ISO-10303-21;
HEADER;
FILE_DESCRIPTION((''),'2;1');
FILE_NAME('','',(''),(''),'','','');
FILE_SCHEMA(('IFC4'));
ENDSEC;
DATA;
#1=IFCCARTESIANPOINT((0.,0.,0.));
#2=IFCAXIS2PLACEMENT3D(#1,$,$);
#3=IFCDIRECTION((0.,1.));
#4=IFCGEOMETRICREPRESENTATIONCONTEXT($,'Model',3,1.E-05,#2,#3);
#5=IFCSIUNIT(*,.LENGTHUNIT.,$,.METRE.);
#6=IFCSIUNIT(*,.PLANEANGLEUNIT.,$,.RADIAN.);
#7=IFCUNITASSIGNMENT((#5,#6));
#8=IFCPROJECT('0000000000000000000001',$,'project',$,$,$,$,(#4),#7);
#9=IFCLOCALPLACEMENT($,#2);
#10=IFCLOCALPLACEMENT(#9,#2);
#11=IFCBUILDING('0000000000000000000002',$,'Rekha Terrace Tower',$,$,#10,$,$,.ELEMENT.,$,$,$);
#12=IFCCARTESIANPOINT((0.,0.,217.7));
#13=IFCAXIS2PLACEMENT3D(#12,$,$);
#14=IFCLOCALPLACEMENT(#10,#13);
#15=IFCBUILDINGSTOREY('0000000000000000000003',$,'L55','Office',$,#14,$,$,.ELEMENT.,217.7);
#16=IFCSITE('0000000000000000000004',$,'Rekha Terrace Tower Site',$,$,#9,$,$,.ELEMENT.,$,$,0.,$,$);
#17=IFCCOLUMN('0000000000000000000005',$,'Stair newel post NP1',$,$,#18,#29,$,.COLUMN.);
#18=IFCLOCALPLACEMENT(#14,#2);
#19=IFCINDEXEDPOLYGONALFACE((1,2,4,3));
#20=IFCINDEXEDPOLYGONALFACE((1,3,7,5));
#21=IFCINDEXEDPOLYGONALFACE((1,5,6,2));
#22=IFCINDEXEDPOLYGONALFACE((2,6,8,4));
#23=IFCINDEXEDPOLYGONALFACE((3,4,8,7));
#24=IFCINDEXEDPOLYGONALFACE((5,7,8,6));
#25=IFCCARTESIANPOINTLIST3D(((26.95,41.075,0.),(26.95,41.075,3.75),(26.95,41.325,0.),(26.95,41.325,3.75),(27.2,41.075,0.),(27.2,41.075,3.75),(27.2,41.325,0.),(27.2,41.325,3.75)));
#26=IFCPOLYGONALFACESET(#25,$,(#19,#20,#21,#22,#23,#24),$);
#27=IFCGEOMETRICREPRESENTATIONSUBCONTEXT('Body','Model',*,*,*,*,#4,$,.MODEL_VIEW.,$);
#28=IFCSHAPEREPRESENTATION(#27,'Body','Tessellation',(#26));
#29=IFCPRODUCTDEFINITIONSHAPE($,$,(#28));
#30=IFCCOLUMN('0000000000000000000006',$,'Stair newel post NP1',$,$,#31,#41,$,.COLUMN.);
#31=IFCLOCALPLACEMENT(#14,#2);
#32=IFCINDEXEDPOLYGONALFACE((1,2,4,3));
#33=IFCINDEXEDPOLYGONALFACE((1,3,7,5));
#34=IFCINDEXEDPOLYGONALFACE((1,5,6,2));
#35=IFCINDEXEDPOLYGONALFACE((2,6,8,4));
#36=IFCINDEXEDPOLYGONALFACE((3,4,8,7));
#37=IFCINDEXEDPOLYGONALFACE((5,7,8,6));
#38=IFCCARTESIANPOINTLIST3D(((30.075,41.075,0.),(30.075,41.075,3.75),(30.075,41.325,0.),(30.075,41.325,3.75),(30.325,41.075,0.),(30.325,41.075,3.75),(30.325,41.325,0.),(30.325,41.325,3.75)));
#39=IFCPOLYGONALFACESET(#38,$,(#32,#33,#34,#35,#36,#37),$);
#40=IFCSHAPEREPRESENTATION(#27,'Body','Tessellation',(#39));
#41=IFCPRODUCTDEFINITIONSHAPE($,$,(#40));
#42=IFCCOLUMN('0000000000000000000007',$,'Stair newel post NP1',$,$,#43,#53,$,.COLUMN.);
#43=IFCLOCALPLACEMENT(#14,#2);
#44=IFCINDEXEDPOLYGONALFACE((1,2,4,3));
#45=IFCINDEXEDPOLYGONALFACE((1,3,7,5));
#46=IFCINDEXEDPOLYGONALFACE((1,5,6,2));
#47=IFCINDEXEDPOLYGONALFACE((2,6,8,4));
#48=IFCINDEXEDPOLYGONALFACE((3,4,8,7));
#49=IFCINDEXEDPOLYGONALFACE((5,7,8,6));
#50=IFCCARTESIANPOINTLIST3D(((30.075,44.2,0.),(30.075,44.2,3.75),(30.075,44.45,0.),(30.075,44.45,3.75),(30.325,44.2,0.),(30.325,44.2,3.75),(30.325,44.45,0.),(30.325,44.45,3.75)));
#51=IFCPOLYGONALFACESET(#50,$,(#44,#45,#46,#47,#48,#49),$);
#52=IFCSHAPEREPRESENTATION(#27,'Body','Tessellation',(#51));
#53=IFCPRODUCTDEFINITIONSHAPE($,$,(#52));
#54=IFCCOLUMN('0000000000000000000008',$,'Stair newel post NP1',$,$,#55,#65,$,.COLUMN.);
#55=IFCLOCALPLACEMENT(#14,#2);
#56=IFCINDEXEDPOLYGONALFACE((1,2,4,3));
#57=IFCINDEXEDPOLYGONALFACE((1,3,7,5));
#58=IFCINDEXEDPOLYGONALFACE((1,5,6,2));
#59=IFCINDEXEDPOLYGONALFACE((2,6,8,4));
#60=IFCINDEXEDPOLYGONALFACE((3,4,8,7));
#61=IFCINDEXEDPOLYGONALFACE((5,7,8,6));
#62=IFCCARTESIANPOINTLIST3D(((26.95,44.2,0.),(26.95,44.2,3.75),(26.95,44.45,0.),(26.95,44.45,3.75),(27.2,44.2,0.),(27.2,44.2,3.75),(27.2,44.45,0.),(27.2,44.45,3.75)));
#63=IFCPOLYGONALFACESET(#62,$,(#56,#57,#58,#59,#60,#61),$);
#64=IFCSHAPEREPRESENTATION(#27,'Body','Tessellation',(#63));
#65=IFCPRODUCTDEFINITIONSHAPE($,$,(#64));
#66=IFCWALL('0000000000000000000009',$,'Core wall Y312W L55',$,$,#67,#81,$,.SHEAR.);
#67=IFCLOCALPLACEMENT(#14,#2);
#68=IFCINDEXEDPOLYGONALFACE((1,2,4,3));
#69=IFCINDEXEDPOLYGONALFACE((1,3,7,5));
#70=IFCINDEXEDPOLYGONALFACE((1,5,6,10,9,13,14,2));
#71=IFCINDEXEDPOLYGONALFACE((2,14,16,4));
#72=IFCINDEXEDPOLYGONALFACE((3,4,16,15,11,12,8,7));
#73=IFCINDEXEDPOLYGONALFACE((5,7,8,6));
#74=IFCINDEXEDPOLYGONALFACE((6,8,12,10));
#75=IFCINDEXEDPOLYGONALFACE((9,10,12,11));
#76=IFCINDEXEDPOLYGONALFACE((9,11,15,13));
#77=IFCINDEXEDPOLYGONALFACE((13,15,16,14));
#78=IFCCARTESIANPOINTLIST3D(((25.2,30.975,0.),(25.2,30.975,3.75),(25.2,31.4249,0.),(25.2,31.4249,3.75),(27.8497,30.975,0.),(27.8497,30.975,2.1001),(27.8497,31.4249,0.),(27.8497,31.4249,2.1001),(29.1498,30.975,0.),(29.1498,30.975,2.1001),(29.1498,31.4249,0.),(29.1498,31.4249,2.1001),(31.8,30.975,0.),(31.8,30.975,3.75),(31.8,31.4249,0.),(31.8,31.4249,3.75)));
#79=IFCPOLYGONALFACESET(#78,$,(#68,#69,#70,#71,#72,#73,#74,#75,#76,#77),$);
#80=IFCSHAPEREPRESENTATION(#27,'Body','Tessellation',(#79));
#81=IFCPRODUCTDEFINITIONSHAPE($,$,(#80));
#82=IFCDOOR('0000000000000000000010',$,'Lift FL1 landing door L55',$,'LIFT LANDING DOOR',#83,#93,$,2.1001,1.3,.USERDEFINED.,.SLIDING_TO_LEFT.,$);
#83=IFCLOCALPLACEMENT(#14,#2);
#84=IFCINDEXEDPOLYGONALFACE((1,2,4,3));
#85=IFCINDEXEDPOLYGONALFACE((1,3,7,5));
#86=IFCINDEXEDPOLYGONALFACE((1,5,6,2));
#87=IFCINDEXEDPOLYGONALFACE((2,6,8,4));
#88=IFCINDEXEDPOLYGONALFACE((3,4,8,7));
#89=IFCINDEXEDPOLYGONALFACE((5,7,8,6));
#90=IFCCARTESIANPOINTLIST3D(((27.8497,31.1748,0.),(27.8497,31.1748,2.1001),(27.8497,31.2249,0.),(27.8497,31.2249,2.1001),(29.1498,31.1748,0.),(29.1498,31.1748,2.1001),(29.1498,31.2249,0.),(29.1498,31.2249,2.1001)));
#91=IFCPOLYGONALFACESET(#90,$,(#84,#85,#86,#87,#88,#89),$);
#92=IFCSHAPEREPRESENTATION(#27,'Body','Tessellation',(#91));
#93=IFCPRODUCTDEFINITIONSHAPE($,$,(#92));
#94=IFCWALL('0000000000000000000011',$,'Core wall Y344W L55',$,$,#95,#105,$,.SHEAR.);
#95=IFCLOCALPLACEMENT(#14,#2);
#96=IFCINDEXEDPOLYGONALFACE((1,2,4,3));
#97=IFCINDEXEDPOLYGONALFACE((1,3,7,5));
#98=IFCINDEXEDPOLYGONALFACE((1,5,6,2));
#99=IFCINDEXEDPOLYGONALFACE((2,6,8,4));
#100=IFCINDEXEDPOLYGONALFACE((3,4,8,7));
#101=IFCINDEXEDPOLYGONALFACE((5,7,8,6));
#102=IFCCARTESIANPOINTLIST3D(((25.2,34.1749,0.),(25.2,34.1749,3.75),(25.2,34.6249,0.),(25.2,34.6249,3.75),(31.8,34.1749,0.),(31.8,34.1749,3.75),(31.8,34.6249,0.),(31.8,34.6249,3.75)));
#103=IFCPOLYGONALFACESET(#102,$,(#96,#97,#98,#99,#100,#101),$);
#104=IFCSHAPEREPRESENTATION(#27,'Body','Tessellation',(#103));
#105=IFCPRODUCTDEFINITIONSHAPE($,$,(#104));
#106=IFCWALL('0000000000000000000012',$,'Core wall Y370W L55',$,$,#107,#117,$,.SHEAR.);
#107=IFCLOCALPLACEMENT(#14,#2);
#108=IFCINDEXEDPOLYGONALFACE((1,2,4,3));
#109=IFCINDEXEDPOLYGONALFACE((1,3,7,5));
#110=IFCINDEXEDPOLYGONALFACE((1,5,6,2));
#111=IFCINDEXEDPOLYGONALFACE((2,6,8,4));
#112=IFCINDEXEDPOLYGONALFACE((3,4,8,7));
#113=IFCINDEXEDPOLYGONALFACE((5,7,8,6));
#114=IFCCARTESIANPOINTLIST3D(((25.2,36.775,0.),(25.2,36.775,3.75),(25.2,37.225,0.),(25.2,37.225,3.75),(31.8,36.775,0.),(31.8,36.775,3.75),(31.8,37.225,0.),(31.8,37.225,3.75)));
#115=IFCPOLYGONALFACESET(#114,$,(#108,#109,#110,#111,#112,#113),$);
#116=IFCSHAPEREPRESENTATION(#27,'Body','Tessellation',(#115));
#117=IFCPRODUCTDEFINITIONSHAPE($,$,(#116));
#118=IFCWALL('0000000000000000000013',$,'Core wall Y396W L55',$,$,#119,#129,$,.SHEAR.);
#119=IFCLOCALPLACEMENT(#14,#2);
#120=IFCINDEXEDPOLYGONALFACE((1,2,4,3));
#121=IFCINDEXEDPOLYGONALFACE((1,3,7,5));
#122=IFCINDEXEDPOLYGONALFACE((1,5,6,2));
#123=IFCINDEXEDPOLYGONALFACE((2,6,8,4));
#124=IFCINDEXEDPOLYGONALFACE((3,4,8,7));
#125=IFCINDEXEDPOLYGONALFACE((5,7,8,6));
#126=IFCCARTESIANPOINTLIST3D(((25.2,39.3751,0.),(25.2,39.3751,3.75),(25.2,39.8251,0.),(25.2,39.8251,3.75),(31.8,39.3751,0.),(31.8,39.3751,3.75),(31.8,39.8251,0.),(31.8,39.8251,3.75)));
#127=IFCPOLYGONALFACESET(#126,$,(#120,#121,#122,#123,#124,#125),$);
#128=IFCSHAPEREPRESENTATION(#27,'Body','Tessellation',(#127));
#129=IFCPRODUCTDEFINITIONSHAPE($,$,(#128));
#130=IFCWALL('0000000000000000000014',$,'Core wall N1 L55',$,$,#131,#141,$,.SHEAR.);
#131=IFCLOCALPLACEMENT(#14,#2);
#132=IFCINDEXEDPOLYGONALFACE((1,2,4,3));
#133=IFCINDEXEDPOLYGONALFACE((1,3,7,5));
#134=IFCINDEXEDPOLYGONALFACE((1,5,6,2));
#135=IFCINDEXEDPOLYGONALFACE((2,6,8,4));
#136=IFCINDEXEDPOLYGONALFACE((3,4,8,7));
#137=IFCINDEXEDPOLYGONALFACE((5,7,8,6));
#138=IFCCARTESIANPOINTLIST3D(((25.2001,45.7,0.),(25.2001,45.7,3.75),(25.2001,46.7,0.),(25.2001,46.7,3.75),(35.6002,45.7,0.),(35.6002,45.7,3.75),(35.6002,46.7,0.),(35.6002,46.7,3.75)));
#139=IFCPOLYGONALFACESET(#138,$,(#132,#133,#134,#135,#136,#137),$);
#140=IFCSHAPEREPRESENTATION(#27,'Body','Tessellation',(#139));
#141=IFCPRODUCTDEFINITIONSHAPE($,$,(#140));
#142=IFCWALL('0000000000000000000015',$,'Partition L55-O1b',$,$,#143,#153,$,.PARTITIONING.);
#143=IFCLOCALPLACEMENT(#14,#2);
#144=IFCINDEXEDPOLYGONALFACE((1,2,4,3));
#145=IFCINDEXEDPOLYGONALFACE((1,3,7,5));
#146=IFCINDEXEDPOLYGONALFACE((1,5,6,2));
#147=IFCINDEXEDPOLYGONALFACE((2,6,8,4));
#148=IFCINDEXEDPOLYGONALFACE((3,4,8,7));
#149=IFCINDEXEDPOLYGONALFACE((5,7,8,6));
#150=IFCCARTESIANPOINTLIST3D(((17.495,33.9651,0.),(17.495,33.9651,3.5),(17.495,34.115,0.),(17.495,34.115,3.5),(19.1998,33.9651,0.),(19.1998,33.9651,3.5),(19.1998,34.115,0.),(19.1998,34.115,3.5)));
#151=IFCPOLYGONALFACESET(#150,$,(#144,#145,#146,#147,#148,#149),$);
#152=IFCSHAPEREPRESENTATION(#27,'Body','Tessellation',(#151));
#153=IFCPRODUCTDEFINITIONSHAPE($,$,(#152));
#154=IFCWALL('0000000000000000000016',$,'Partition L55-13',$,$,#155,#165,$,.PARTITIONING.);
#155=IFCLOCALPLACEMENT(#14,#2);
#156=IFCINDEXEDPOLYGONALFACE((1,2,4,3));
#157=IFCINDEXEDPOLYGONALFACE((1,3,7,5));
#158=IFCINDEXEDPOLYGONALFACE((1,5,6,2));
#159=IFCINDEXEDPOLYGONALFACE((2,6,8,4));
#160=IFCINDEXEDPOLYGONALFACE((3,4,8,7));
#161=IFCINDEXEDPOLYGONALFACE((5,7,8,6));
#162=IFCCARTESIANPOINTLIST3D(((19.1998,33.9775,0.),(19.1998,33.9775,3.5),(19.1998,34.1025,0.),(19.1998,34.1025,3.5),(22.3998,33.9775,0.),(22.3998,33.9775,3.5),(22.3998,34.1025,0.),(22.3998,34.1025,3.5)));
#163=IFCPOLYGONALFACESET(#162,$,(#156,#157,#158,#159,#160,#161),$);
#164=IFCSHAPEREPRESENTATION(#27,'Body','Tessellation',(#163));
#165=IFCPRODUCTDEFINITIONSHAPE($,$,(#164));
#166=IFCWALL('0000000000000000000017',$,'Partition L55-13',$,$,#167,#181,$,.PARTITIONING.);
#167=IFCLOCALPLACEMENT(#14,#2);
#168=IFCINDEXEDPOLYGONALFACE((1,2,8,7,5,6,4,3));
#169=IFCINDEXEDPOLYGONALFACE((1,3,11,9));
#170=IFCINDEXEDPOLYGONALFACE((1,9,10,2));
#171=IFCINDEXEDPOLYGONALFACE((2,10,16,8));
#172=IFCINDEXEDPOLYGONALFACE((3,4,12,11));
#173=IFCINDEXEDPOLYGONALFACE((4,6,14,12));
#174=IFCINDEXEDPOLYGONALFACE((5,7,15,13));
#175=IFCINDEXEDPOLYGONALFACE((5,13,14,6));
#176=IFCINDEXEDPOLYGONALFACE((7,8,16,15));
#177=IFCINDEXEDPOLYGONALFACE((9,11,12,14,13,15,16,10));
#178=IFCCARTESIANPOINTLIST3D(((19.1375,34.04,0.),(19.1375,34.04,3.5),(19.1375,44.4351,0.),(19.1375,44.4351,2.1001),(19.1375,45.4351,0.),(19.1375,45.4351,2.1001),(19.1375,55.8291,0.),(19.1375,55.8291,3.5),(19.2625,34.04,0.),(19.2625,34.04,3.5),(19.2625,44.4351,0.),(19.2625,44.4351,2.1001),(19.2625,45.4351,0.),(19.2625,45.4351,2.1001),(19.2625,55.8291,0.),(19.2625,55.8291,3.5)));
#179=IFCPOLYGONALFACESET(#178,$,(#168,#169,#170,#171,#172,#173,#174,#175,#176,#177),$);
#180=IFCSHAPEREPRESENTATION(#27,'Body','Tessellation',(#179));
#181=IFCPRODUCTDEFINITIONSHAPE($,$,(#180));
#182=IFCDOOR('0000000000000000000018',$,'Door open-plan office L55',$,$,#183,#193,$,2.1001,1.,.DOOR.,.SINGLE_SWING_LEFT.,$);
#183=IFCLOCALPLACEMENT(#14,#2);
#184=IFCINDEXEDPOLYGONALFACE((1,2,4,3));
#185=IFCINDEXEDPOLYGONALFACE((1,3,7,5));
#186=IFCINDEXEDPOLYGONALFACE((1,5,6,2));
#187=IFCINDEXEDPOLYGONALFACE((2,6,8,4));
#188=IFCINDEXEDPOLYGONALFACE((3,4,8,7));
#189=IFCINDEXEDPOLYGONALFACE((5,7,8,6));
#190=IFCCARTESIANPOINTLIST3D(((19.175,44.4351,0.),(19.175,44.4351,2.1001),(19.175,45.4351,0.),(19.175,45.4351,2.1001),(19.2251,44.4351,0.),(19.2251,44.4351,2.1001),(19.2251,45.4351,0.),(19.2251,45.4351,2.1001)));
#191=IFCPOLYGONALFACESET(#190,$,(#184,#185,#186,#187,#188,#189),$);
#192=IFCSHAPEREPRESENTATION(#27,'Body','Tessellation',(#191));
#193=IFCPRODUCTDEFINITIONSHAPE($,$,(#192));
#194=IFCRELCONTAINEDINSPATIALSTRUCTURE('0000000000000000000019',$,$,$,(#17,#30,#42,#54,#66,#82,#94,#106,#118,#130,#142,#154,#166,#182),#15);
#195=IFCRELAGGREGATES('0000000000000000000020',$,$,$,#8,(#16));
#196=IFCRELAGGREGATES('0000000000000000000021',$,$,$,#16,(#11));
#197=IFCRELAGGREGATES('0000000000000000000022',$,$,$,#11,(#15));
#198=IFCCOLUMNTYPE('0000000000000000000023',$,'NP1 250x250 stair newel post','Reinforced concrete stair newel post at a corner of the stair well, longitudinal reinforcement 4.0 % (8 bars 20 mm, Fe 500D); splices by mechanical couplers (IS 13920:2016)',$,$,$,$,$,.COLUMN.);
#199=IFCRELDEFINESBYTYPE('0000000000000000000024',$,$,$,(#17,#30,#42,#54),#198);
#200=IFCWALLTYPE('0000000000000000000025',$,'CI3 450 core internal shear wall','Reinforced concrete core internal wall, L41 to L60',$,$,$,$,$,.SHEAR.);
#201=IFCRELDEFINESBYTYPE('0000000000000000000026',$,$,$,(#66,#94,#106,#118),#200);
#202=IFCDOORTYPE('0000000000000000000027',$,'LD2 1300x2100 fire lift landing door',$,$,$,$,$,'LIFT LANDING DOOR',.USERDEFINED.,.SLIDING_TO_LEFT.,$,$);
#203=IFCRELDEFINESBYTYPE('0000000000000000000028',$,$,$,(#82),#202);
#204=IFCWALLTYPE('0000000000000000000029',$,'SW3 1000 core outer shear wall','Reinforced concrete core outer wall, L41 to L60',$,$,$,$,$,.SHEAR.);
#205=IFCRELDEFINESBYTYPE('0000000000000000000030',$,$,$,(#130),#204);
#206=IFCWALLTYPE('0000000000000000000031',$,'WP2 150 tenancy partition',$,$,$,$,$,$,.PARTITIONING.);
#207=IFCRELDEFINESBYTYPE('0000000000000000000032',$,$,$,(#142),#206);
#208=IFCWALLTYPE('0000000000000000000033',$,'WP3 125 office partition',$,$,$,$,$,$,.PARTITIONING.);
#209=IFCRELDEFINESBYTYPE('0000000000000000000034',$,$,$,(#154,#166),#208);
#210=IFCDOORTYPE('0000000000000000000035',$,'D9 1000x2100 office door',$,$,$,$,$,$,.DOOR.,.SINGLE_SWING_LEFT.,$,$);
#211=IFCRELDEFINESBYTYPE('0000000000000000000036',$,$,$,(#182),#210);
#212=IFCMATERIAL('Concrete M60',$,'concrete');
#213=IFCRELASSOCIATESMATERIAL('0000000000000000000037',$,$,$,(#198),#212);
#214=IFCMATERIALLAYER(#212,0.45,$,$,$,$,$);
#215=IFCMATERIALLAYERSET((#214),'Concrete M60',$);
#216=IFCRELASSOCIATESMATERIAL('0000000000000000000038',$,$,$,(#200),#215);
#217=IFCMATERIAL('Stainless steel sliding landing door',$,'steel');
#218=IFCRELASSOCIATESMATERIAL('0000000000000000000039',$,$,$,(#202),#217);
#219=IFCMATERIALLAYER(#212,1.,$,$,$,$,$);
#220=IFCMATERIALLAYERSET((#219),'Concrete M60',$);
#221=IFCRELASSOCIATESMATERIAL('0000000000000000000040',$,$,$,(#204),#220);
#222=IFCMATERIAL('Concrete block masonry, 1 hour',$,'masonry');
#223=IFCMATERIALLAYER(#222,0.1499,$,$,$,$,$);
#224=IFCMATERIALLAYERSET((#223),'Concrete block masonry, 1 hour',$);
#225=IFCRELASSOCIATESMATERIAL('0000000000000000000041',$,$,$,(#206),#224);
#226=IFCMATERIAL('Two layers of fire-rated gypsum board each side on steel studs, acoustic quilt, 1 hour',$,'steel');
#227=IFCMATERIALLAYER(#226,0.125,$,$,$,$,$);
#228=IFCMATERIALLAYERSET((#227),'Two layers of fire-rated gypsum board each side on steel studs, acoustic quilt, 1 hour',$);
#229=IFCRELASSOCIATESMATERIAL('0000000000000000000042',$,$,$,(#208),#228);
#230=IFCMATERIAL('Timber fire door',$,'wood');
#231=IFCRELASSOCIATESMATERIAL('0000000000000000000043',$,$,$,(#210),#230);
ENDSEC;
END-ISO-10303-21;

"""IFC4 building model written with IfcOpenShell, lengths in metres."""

from ifc_helpers import new_model, si_unit, direction, frame, frame_2d, origin, origin_2d, place, context, subcontext, project, spatial, rectangle, extrude, material, layer, layer_set, material_profile, profile_set, type_object, element, fill, save


model = new_model("IFC4")

# Units and contexts
model_context = context("Model", 3, precision=1e-05, world=origin(), true_north=direction((0.0, 1.0)))
body_context = subcontext(model_context, "Body", "Model", "MODEL_VIEW")
ifc_project = project(units=[si_unit("LENGTHUNIT", "METRE"), si_unit("PLANEANGLEUNIT", "RADIAN")], contexts=[model_context])

# Site, building, storey
site_placement = place(None, origin())
site = spatial("IfcSite", under=ifc_project, at=site_placement, Name="Rekha Terrace Tower Site", CompositionType="ELEMENT", RefElevation=0.0)
building_placement = place(site_placement, origin())
building = spatial("IfcBuilding", under=site, at=building_placement, Name="Rekha Terrace Tower", CompositionType="ELEMENT")
storey_placement = place(building_placement, frame((0.0, 0.0, 217.7)))
storey = spatial("IfcBuildingStorey", under=building, at=storey_placement, Name="L55", Description="Office", CompositionType="ELEMENT", Elevation=217.7)

# Columns
ifc_material_1 = material(Name="Concrete M60", Category="concrete")
ifc_material_profile = material_profile(ifc_material_1, rectangle(XDim=0.25, YDim=0.25, at=origin_2d()), Name="RC 250x250")
ifc_profile_set = profile_set([ifc_material_profile], Name="Concrete M60")
column_type = type_object("IfcColumnType", Name="NP1 250x250 stair newel post", Description="Reinforced concrete stair newel post at a corner of the stair well, longitudinal reinforcement 4.0 % (8 bars 20 mm, Fe 500D); splices by mechanical couplers (IS 13920:2016)", PredefinedType="COLUMN", material=ifc_profile_set)
for number, where, z_axis, x_axis, name in (
    (1, (27.075, 41.2, 0.0), (0.0, 0.0, 1.0), (1.0, 0.0, 0.0), "Stair newel post NP1"),
    (2, (30.2, 41.2, 0.0), (0.0, 0.0, 1.0), (1.0, 0.0, 0.0), "Stair newel post NP1"),
    (3, (30.2, 44.325, 0.0), (0.0, 0.0, 1.0), (1.0, 0.0, 0.0), "Stair newel post NP1"),
    (4, (27.075, 44.325, 0.0), (0.0, 0.0, 1.0), (1.0, 0.0, 0.0), "Stair newel post NP1"),
):
    element("IfcColumn", number, at=place(storey_placement, frame(where, z_axis=z_axis, x_axis=x_axis)), inside=storey, type_object=column_type, Name=name, PredefinedType="COLUMN", context=body_context, shape_type="SweptSolid", body=[
        extrude(rectangle(XDim=0.25, YDim=0.25, at=origin_2d()), origin(), (0.0, 0.0, 1.0), 3.75),
    ])

# Wall, opening, door
ifc_layer_1 = layer(ifc_material_1, 0.45)
ifc_layer_set_1 = layer_set([ifc_layer_1], Name="Concrete M60")
wall_type_1 = type_object("IfcWallType", Name="CI3 450 core internal shear wall", Description="Reinforced concrete core internal wall, L41 to L60", PredefinedType="SHEAR", material=ifc_layer_set_1)
wall_1_placement = place(storey_placement, frame((25.2, 31.2, 0.0), z_axis=(0.0, 0.0, 1.0), x_axis=(1.0, 0.0, 0.0)))
wall_1 = element("IfcWall", 5, at=wall_1_placement, inside=storey, type_object=wall_type_1, Name="Core wall Y312W L55", PredefinedType="SHEAR", context=body_context, shape_type="SweptSolid", body=[
    extrude(rectangle(XDim=6.6001, YDim=0.45, at=frame_2d((3.3, 0.0))), origin(), (0.0, 0.0, 1.0), 3.75),
])
opening_1_placement = place(wall_1_placement, frame((2.6499, 0.0, 0.0)))
opening_1 = element("IfcOpeningElement", 6, at=opening_1_placement, cuts=wall_1, PredefinedType="OPENING", context=body_context, shape_type="SweptSolid", body=[
    extrude(rectangle(XDim=1.3, YDim=2.1001, at=frame_2d((0.6499, 1.05))), frame((0.0, 0.2349, 0.0), z_axis=(0.0, -1.0, 0.0), x_axis=(1.0, 0.0, 0.0)), (0.0, 0.0, 1.0), 0.47),
])
ifc_material_2 = material(Name="Stainless steel sliding landing door", Category="steel")
door_type_1 = type_object("IfcDoorType", Name="LD2 1300x2100 fire lift landing door", ElementType="LIFT LANDING DOOR", OperationType="SLIDING_TO_LEFT", PredefinedType="USERDEFINED", material=ifc_material_2)
door_1_placement = place(opening_1_placement, origin())
door_1 = element("IfcDoor", 7, at=door_1_placement, inside=storey, type_object=door_type_1, Name="Lift FL1 landing door L55", ObjectType="LIFT LANDING DOOR", OperationType="SLIDING_TO_LEFT", OverallHeight=2.1001, OverallWidth=1.3, PredefinedType="USERDEFINED", context=body_context, shape_type="SweptSolid", body=[
    extrude(rectangle(XDim=1.3, YDim=2.1001, at=frame_2d((0.6499, 1.05))), frame((0.0, 0.0249, 0.0), z_axis=(0.0, -1.0, 0.0), x_axis=(1.0, 0.0, 0.0)), (0.0, 0.0, 1.0), 0.05),
])
fill(opening_1, door_1)

# Walls
for number, where, z_axis, x_axis, name in (
    (8, (25.2, 34.3999, 0.0), (0.0, 0.0, 1.0), (1.0, 0.0, 0.0), "Core wall Y344W L55"),
    (9, (25.2, 37.0, 0.0), (0.0, 0.0, 1.0), (1.0, 0.0, 0.0), "Core wall Y370W L55"),
    (10, (25.2, 39.6001, 0.0), (0.0, 0.0, 1.0), (1.0, 0.0, 0.0), "Core wall Y396W L55"),
):
    element("IfcWall", number, at=place(storey_placement, frame(where, z_axis=z_axis, x_axis=x_axis)), inside=storey, type_object=wall_type_1, Name=name, PredefinedType="SHEAR", context=body_context, shape_type="SweptSolid", body=[
        extrude(rectangle(XDim=6.6001, YDim=0.45, at=frame_2d((3.3, 0.0))), origin(), (0.0, 0.0, 1.0), 3.75),
    ])
ifc_layer_2 = layer(ifc_material_1, 1.0)
ifc_layer_set_2 = layer_set([ifc_layer_2], Name="Concrete M60")
wall_type_2 = type_object("IfcWallType", Name="SW3 1000 core outer shear wall", Description="Reinforced concrete core outer wall, L41 to L60", PredefinedType="SHEAR", material=ifc_layer_set_2)
wall_2_placement = place(storey_placement, frame((25.2, 46.2, 0.0), z_axis=(0.0, 0.0, 1.0), x_axis=(1.0, 0.0, 0.0)))
element("IfcWall", 11, at=wall_2_placement, inside=storey, type_object=wall_type_2, Name="Core wall N1 L55", PredefinedType="SHEAR", context=body_context, shape_type="SweptSolid", body=[
    extrude(rectangle(XDim=10.4001, YDim=1.0, at=frame_2d((5.2002, 0.0))), origin(), (0.0, 0.0, 1.0), 3.75),
])
ifc_material_3 = material(Name="Concrete block masonry, 1 hour", Category="masonry")
ifc_layer_3 = layer(ifc_material_3, 0.1499)
ifc_layer_set_3 = layer_set([ifc_layer_3], Name="Concrete block masonry, 1 hour")
wall_type_3 = type_object("IfcWallType", Name="WP2 150 tenancy partition", PredefinedType="PARTITIONING", material=ifc_layer_set_3)
wall_3_placement = place(storey_placement, frame((19.2, 34.04, 0.0), z_axis=(0.0, 0.0, 1.0), x_axis=(-1.0, 0.0, 0.0)))
element("IfcWall", 12, at=wall_3_placement, inside=storey, type_object=wall_type_3, Name="Partition L55-O1b", PredefinedType="PARTITIONING", context=body_context, shape_type="SweptSolid", body=[
    extrude(rectangle(XDim=1.7048, YDim=0.1499, at=frame_2d((0.8525, 0.0))), origin(), (0.0, 0.0, 1.0), 3.5),
])
ifc_material_4 = material(Name="Two layers of fire-rated gypsum board each side on steel studs, acoustic quilt, 1 hour", Category="steel")
ifc_layer_4 = layer(ifc_material_4, 0.125)
ifc_layer_set_4 = layer_set([ifc_layer_4], Name="Two layers of fire-rated gypsum board each side on steel studs, acoustic quilt, 1 hour")
wall_type_4 = type_object("IfcWallType", Name="WP3 125 office partition", PredefinedType="PARTITIONING", material=ifc_layer_set_4)
wall_4_placement = place(storey_placement, frame((22.3999, 34.04, 0.0), z_axis=(0.0, 0.0, 1.0), x_axis=(-1.0, 0.0, 0.0)))
element("IfcWall", 13, at=wall_4_placement, inside=storey, type_object=wall_type_4, Name="Partition L55-13", PredefinedType="PARTITIONING", context=body_context, shape_type="SweptSolid", body=[
    extrude(rectangle(XDim=3.2, YDim=0.125, at=frame_2d((1.6001, 0.0))), origin(), (0.0, 0.0, 1.0), 3.5),
])

# Wall, opening, door
wall_5_placement = place(storey_placement, frame((19.2, 34.04, 0.0), z_axis=(0.0, 0.0, 1.0), x_axis=(0.0, 1.0, 0.0)))
wall_5 = element("IfcWall", 14, at=wall_5_placement, inside=storey, type_object=wall_type_4, Name="Partition L55-13", PredefinedType="PARTITIONING", context=body_context, shape_type="SweptSolid", body=[
    extrude(rectangle(XDim=21.7891, YDim=0.125, at=frame_2d((10.8945, 0.0))), origin(), (0.0, 0.0, 1.0), 3.5),
])
opening_2_placement = place(wall_5_placement, frame((10.395, 0.0, 0.0)))
opening_2 = element("IfcOpeningElement", 15, at=opening_2_placement, cuts=wall_5, PredefinedType="OPENING", context=body_context, shape_type="SweptSolid", body=[
    extrude(rectangle(XDim=1.0, YDim=2.1001, at=frame_2d((0.5, 1.05))), frame((0.0, 0.0725, 0.0), z_axis=(0.0, -1.0, 0.0), x_axis=(1.0, 0.0, 0.0)), (0.0, 0.0, 1.0), 0.145),
])
ifc_material_5 = material(Name="Timber fire door", Category="wood")
door_type_2 = type_object("IfcDoorType", Name="D9 1000x2100 office door", OperationType="SINGLE_SWING_LEFT", PredefinedType="DOOR", material=ifc_material_5)
door_2_placement = place(opening_2_placement, origin())
door_2 = element("IfcDoor", 16, at=door_2_placement, inside=storey, type_object=door_type_2, Name="Door open-plan office L55", OperationType="SINGLE_SWING_LEFT", OverallHeight=2.1001, OverallWidth=1.0, PredefinedType="DOOR", context=body_context, shape_type="SweptSolid", body=[
    extrude(rectangle(XDim=1.0, YDim=2.1001, at=frame_2d((0.5, 1.05))), frame((0.0, 0.0249, 0.0), z_axis=(0.0, -1.0, 0.0), x_axis=(1.0, 0.0, 0.0)), (0.0, 0.0, 1.0), 0.05),
])
fill(opening_2, door_2)

save(model, "model.ifc")
